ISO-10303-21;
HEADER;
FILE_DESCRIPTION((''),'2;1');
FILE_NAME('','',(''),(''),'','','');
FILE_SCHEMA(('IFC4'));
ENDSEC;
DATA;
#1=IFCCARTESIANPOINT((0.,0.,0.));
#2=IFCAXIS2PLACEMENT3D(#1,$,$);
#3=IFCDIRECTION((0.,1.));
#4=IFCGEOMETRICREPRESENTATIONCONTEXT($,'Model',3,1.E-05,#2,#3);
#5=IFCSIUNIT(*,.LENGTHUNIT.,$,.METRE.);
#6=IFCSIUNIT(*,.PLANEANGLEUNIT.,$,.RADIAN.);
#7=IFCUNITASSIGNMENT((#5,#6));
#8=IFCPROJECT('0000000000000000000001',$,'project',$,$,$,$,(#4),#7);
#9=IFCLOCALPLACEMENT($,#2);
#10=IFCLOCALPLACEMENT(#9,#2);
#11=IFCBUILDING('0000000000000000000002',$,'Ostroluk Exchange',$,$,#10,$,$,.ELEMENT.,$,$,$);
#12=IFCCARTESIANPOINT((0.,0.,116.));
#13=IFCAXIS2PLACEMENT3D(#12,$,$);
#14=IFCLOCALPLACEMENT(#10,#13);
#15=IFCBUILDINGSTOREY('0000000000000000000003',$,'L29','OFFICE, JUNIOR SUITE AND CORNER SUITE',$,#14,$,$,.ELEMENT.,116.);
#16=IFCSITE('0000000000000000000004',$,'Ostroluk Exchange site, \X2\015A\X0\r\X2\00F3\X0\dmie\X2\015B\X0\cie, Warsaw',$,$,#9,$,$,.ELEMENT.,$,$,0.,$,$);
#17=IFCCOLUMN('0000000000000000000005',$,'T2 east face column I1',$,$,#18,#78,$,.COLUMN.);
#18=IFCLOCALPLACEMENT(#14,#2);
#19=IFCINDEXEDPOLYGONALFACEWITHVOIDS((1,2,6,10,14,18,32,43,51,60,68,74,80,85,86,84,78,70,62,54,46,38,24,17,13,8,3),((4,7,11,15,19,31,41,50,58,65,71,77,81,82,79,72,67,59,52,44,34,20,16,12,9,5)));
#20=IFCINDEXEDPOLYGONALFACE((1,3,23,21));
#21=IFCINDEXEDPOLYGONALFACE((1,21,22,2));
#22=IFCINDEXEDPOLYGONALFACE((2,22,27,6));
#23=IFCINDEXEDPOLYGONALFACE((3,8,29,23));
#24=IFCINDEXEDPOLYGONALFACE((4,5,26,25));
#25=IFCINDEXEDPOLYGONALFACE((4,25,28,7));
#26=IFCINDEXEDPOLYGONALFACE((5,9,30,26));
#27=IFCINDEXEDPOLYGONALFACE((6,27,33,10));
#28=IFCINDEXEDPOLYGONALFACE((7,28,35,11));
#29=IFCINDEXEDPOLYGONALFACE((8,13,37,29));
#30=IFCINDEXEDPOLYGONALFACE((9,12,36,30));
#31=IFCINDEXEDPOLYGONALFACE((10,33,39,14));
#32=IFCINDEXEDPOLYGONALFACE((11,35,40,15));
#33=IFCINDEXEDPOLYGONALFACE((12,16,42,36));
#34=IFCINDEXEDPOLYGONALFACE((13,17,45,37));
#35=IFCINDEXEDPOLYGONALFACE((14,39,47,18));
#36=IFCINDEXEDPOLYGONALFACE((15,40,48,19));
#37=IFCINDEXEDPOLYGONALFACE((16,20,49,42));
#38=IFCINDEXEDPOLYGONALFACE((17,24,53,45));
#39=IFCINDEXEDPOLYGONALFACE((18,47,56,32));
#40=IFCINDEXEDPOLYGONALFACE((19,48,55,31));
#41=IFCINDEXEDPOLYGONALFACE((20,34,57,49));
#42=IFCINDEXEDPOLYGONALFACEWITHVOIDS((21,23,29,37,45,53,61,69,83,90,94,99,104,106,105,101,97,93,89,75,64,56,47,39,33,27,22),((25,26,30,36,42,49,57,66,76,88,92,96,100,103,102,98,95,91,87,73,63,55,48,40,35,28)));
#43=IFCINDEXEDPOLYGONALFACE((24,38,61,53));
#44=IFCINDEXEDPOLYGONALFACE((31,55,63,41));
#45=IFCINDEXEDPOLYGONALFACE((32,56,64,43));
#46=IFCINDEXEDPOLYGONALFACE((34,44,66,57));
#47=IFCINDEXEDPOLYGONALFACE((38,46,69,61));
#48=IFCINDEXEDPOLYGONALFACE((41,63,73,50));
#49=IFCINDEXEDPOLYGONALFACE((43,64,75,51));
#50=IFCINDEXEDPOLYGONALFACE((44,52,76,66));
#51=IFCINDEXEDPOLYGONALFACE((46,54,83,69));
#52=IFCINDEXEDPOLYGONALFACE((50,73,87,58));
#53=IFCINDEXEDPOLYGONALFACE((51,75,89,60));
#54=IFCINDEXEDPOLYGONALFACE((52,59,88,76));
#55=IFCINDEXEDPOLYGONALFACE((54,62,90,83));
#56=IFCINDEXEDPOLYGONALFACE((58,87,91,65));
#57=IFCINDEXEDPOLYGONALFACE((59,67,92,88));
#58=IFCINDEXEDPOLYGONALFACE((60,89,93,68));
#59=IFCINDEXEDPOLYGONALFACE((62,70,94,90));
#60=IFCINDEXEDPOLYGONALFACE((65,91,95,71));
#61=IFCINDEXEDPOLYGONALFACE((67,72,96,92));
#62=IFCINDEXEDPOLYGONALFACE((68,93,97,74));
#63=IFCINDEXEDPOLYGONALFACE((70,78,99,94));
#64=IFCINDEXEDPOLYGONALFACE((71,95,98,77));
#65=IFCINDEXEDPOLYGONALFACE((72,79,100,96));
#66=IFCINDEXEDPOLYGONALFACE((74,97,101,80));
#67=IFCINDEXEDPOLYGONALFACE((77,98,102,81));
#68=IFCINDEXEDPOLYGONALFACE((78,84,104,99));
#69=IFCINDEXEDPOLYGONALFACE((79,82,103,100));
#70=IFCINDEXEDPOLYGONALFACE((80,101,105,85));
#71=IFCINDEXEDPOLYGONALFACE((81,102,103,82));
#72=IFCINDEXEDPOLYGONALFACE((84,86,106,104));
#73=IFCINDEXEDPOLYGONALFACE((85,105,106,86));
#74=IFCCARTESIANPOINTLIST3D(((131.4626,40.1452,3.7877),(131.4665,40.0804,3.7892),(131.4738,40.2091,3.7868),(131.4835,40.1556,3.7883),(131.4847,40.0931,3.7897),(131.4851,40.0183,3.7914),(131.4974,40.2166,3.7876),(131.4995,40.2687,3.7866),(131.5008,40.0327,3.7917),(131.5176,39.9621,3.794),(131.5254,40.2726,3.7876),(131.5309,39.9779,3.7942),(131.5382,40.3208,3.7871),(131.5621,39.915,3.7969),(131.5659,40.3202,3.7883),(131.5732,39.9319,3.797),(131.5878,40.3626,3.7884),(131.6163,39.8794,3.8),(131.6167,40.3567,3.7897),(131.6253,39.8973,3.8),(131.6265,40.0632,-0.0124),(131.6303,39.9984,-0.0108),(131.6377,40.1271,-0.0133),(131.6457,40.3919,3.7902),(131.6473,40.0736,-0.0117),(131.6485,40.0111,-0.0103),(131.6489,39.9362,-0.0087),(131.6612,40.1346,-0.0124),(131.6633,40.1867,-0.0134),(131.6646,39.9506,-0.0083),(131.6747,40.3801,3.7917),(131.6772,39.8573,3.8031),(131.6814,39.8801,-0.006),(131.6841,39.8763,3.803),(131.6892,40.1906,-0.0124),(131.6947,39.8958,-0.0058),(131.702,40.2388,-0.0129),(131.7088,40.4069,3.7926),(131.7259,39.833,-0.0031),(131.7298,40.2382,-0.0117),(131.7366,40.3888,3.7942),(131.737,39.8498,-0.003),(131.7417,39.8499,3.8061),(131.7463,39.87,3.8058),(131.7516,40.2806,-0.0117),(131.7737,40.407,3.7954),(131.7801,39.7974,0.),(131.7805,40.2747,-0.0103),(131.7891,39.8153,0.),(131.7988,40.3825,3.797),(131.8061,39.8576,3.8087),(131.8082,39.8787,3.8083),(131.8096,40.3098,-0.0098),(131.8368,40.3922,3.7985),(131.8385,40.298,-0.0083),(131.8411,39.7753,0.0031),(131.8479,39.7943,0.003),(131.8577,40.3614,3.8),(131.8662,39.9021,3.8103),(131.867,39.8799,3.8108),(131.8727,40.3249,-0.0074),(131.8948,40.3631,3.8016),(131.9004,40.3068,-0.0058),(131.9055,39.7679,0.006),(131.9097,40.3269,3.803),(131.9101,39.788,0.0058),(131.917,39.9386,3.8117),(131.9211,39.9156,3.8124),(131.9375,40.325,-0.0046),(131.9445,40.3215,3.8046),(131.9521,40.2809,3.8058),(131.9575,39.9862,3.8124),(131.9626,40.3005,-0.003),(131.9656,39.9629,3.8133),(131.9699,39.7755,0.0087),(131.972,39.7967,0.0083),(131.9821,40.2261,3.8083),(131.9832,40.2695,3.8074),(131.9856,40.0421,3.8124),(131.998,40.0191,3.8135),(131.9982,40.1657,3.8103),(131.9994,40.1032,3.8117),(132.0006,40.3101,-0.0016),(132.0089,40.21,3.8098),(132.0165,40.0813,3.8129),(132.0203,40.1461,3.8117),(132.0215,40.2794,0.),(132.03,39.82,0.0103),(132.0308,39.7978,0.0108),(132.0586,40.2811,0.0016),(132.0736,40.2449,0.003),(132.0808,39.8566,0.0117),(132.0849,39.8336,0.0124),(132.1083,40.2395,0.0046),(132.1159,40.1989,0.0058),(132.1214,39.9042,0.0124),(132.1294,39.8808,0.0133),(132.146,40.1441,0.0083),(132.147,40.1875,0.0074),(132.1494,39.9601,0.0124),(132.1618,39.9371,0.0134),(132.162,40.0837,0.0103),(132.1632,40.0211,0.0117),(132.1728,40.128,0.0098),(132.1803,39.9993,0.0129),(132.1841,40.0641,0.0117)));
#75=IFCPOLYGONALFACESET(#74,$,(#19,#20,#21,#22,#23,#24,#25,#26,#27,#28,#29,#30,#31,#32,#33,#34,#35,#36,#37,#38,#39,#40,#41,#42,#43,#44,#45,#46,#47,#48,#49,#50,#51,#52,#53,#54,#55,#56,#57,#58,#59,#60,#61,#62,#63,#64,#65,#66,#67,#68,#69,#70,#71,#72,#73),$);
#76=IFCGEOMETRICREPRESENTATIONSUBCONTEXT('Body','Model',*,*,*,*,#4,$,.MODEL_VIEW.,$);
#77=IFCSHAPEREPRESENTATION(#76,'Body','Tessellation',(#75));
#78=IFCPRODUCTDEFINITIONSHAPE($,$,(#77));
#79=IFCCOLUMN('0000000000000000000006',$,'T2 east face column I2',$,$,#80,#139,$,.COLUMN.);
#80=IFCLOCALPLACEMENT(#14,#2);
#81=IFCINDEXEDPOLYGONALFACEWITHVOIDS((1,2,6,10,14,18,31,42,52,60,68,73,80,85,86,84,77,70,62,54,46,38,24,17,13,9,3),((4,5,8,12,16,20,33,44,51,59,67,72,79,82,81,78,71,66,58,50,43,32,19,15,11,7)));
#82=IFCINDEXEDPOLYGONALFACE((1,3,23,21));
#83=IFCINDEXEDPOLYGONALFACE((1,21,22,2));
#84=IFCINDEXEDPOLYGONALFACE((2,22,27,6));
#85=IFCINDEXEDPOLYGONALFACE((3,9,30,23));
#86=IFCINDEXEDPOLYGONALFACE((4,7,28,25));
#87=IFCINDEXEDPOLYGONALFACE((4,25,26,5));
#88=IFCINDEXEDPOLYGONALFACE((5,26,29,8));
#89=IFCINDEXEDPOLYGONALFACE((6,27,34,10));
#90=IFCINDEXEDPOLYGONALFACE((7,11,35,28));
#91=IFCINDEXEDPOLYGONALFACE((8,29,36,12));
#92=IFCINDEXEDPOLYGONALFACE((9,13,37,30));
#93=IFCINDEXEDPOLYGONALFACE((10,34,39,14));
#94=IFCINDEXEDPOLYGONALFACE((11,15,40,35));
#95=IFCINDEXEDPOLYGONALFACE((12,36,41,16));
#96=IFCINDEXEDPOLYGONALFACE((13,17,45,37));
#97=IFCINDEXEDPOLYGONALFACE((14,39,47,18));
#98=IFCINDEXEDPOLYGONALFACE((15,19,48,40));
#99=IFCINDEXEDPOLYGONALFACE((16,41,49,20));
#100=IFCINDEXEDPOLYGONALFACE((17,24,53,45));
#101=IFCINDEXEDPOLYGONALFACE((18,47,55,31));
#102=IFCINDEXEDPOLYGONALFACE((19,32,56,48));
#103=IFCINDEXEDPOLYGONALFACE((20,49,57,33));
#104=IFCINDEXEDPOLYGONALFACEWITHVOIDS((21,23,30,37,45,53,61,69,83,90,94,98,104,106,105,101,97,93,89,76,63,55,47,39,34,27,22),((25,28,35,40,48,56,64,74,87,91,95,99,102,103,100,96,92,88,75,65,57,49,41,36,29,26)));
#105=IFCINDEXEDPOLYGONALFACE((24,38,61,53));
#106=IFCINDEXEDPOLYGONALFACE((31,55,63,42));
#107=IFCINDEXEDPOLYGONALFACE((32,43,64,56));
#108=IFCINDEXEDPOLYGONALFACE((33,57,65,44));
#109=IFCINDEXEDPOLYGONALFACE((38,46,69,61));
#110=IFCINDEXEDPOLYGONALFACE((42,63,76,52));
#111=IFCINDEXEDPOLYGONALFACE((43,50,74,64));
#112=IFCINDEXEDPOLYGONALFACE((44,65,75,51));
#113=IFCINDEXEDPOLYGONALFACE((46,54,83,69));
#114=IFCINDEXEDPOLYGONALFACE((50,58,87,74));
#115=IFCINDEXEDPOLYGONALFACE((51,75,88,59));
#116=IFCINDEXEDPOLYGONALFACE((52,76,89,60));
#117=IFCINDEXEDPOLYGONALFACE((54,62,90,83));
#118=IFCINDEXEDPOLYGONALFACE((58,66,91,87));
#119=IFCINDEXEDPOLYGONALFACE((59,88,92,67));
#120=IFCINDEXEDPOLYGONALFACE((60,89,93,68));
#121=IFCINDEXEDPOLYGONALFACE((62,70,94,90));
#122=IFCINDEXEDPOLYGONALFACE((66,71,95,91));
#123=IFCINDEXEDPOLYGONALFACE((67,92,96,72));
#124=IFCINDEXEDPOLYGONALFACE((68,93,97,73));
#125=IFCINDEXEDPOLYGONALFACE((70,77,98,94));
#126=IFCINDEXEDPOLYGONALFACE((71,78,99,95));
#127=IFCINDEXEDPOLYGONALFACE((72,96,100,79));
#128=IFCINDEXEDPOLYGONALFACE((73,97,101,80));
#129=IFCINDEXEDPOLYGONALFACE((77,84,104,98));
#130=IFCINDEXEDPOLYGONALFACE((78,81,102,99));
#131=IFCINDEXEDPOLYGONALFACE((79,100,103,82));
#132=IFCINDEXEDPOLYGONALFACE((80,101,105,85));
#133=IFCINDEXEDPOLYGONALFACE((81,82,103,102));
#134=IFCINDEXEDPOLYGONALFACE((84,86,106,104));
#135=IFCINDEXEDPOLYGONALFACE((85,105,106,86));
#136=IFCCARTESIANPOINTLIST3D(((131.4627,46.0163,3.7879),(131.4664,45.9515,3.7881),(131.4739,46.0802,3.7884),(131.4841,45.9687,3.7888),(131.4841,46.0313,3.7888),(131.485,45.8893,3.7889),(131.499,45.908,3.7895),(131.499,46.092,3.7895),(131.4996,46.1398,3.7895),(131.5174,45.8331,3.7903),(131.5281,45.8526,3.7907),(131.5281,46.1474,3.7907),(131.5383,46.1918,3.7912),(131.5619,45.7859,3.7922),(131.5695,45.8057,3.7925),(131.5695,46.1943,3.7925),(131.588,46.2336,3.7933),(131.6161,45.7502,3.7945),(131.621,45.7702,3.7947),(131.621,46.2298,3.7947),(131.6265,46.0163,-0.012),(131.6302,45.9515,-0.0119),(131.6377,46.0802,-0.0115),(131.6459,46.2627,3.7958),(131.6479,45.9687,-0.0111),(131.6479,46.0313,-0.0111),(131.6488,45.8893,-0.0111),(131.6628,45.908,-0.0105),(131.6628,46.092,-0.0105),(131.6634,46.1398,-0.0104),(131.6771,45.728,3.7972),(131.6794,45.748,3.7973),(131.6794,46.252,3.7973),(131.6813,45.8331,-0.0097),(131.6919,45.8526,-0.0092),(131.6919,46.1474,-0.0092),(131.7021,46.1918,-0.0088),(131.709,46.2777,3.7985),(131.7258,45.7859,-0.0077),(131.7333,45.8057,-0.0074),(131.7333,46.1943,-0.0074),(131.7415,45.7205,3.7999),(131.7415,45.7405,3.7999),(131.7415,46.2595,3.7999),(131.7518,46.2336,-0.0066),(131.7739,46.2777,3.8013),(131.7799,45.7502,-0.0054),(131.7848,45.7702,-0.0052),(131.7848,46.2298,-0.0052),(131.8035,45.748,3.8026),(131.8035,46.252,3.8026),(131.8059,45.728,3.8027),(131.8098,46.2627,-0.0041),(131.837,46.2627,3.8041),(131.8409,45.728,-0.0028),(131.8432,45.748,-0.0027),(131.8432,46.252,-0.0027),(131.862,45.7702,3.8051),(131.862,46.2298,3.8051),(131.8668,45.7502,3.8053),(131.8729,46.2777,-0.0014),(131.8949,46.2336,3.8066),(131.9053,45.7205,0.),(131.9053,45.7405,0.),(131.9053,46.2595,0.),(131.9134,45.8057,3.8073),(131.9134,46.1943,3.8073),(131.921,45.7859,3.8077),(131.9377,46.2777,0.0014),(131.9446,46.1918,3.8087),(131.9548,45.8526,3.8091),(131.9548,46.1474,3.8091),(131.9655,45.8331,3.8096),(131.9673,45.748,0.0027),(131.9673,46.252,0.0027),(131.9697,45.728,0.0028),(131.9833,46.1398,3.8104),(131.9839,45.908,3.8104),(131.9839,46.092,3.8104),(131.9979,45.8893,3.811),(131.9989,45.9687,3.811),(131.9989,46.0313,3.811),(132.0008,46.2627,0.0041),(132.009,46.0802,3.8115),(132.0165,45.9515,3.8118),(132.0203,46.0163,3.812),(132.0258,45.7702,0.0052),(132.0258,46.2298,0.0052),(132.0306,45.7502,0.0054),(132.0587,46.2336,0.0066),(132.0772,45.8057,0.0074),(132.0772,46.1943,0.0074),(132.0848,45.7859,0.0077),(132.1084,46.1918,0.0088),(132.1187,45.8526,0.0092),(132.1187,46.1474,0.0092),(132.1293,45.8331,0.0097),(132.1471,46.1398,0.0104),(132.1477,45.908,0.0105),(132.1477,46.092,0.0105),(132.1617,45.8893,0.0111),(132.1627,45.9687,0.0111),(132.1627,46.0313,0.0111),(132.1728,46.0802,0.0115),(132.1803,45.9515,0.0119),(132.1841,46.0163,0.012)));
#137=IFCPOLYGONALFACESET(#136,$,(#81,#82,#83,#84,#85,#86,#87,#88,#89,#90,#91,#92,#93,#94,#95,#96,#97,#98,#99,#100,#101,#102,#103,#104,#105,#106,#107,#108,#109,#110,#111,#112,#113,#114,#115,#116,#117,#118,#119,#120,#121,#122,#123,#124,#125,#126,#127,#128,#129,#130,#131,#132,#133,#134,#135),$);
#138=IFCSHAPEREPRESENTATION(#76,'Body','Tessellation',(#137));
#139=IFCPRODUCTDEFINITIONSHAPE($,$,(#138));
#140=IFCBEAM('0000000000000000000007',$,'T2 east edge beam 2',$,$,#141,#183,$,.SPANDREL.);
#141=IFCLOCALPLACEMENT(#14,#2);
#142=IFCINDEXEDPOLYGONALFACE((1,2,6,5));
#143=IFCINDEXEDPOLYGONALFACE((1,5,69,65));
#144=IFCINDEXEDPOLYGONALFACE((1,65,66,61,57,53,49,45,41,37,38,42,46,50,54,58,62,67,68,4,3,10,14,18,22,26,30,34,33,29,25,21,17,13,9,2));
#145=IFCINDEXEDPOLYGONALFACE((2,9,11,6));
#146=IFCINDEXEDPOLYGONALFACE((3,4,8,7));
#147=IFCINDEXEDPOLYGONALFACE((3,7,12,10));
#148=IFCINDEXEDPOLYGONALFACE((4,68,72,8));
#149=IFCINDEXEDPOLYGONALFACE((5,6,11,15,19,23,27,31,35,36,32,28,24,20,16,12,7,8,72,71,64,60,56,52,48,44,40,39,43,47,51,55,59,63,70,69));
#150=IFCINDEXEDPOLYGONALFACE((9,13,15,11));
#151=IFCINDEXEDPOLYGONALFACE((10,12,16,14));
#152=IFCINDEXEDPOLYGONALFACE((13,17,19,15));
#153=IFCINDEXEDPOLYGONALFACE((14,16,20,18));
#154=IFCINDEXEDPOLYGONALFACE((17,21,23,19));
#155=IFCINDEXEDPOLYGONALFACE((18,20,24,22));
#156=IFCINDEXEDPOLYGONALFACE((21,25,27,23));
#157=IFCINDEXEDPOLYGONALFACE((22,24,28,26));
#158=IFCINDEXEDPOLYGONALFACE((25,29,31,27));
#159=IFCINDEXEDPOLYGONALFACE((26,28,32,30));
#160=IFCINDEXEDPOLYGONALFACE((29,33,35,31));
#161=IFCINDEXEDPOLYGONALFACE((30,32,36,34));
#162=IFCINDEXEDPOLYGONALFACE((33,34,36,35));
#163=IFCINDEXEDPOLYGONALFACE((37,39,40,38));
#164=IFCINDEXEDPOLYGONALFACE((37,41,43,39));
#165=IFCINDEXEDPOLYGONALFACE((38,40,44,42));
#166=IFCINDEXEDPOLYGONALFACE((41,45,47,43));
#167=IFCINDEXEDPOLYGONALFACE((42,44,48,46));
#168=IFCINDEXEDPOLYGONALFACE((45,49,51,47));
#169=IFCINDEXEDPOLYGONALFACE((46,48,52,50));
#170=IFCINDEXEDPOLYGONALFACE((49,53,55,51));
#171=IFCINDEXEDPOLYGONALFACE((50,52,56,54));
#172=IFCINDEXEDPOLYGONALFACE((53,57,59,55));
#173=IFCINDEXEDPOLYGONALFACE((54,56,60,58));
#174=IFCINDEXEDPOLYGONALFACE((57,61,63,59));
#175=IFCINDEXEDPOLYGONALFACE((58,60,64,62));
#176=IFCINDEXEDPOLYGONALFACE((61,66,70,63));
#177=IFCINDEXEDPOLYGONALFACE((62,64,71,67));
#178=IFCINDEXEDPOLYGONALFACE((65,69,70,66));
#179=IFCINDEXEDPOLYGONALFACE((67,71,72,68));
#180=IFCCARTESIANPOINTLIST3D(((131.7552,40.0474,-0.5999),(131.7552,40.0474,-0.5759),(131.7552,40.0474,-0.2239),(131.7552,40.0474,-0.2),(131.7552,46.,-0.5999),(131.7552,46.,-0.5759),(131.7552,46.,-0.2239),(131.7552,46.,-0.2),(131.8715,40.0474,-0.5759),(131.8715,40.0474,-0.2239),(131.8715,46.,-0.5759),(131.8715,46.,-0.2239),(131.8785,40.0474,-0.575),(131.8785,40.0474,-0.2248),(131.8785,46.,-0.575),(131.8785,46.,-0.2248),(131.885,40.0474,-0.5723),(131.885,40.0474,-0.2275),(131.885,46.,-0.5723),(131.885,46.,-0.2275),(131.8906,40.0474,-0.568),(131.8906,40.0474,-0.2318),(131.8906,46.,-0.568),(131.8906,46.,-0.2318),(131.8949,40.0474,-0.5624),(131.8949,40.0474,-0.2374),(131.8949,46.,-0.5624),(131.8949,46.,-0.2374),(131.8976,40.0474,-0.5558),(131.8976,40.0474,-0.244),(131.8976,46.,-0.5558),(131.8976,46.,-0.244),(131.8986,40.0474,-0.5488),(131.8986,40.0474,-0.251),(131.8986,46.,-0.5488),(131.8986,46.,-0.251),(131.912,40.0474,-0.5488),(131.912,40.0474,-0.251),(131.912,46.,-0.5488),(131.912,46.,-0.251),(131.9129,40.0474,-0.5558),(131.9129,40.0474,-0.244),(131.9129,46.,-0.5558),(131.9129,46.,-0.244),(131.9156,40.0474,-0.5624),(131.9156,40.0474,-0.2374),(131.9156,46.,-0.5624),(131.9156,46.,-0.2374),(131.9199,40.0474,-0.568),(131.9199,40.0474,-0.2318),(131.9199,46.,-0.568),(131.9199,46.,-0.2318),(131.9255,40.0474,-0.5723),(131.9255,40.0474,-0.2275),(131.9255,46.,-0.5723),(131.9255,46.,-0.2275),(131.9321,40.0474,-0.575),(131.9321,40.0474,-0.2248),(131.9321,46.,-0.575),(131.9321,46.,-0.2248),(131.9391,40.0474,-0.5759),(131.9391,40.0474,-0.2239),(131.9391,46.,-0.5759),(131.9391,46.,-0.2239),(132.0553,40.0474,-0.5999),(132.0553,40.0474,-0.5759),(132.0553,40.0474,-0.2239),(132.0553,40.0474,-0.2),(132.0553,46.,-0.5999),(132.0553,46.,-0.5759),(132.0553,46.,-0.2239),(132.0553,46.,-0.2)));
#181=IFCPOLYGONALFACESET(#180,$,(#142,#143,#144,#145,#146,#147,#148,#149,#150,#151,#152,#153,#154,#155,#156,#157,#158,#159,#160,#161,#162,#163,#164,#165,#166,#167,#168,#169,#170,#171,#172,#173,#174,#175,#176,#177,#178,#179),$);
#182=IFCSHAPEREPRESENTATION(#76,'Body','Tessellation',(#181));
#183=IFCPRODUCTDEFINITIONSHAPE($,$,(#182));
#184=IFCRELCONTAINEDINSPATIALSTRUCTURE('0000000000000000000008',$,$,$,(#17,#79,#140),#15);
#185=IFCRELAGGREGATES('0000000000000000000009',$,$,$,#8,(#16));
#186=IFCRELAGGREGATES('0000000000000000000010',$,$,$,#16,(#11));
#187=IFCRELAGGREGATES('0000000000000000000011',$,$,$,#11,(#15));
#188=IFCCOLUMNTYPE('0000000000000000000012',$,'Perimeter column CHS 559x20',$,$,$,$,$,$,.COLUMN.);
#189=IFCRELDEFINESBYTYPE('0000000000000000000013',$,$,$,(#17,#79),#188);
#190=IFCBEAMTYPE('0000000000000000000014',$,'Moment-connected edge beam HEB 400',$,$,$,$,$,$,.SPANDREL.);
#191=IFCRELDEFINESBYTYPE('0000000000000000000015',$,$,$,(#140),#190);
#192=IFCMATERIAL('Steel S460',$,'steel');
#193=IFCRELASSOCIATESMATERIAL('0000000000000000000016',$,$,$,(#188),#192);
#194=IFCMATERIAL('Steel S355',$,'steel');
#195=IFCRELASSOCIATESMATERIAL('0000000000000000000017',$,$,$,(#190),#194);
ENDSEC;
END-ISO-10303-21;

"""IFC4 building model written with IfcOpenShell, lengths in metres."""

from ifc_helpers import new_model, si_unit, direction, frame, origin, origin_2d, place, context, subcontext, project, spatial, hollow_circle, i_section, extrude, material, material_profile, profile_set, type_object, element, save


model = new_model("IFC4")

# Units and contexts
model_context = context("Model", 3, precision=1e-05, world=origin(), true_north=direction((0.0, 1.0)))
body_context = subcontext(model_context, "Body", "Model", "MODEL_VIEW")
ifc_project = project(units=[si_unit("LENGTHUNIT", "METRE"), si_unit("PLANEANGLEUNIT", "RADIAN")], contexts=[model_context])

# Site, building, storey
site_placement = place(None, origin())
site = spatial("IfcSite", under=ifc_project, at=site_placement, Name="Ostroluk Exchange site, Śródmieście, Warsaw", CompositionType="ELEMENT", RefElevation=0.0)
building_placement = place(site_placement, origin())
building = spatial("IfcBuilding", under=site, at=building_placement, Name="Ostroluk Exchange", CompositionType="ELEMENT")
storey_placement = place(building_placement, frame((0.0, 0.0, 116.0)))
storey = spatial("IfcBuildingStorey", under=building, at=storey_placement, Name="L29", Description="OFFICE, JUNIOR SUITE AND CORNER SUITE", CompositionType="ELEMENT", Elevation=116.0)

# Columns
ifc_material_1 = material(Name="Steel S460", Category="steel")
ifc_material_profile_1 = material_profile(ifc_material_1, hollow_circle(Radius=0.2795, WallThickness=0.02, at=origin_2d()), Name="CHS 559x20")
ifc_profile_set_1 = profile_set([ifc_material_profile_1], Name="Steel S460")
column_type = type_object("IfcColumnType", Name="Perimeter column CHS 559x20", PredefinedType="COLUMN", material=ifc_profile_set_1)
column_1_placement = place(storey_placement, frame((131.9053, 40.0474, 0.0), z_axis=(-0.04306, 0.021562, 0.99884), x_axis=(-0.447747, -0.894161, 0.0)))
element("IfcColumn", 1, at=column_1_placement, inside=storey, type_object=column_type, Name="T2 east face column I1", PredefinedType="COLUMN", context=body_context, shape_type="SweptSolid", body=[
    extrude(hollow_circle(Radius=0.2795, WallThickness=0.02, at=origin_2d()), origin(), (0.0, 0.0, 1.0), 3.8044),
])
column_2_placement = place(storey_placement, frame((131.9053, 46.0, 0.0), z_axis=(-0.04307, 0.0, 0.999072), x_axis=(0.0, -1.0, 0.0)))
element("IfcColumn", 2, at=column_2_placement, inside=storey, type_object=column_type, Name="T2 east face column I2", PredefinedType="COLUMN", context=body_context, shape_type="SweptSolid", body=[
    extrude(hollow_circle(Radius=0.2795, WallThickness=0.02, at=origin_2d()), origin(), (0.0, 0.0, 1.0), 3.8035),
])

# Beam
ifc_material_2 = material(Name="Steel S355", Category="steel")
ifc_material_profile_2 = material_profile(ifc_material_2, i_section(OverallWidth=0.3, OverallDepth=0.3999, WebThickness=0.0134, FlangeThickness=0.0239, FilletRadius=0.0271, at=origin_2d()), Name="HEB 400")
ifc_profile_set_2 = profile_set([ifc_material_profile_2], Name="Steel S355")
beam_type = type_object("IfcBeamType", Name="Moment-connected edge beam HEB 400", PredefinedType="SPANDREL", material=ifc_profile_set_2)
for number, where, z_axis, x_axis, name in (
    (3, (131.9053, 40.0474, -0.3999), (0.0, 1.0, 0.0), (-1.0, 0.0, 0.0), "T2 east edge beam 2"),
):
    element("IfcBeam", number, at=place(storey_placement, frame(where, z_axis=z_axis, x_axis=x_axis)), inside=storey, type_object=beam_type, Name=name, PredefinedType="SPANDREL", context=body_context, shape_type="SweptSolid", body=[
        extrude(i_section(OverallWidth=0.3, OverallDepth=0.3999, WebThickness=0.0134, FlangeThickness=0.0239, FilletRadius=0.0271, at=origin_2d()), origin(), (0.0, 0.0, 1.0), 5.9526),
    ])

save(model, "model.ifc")
